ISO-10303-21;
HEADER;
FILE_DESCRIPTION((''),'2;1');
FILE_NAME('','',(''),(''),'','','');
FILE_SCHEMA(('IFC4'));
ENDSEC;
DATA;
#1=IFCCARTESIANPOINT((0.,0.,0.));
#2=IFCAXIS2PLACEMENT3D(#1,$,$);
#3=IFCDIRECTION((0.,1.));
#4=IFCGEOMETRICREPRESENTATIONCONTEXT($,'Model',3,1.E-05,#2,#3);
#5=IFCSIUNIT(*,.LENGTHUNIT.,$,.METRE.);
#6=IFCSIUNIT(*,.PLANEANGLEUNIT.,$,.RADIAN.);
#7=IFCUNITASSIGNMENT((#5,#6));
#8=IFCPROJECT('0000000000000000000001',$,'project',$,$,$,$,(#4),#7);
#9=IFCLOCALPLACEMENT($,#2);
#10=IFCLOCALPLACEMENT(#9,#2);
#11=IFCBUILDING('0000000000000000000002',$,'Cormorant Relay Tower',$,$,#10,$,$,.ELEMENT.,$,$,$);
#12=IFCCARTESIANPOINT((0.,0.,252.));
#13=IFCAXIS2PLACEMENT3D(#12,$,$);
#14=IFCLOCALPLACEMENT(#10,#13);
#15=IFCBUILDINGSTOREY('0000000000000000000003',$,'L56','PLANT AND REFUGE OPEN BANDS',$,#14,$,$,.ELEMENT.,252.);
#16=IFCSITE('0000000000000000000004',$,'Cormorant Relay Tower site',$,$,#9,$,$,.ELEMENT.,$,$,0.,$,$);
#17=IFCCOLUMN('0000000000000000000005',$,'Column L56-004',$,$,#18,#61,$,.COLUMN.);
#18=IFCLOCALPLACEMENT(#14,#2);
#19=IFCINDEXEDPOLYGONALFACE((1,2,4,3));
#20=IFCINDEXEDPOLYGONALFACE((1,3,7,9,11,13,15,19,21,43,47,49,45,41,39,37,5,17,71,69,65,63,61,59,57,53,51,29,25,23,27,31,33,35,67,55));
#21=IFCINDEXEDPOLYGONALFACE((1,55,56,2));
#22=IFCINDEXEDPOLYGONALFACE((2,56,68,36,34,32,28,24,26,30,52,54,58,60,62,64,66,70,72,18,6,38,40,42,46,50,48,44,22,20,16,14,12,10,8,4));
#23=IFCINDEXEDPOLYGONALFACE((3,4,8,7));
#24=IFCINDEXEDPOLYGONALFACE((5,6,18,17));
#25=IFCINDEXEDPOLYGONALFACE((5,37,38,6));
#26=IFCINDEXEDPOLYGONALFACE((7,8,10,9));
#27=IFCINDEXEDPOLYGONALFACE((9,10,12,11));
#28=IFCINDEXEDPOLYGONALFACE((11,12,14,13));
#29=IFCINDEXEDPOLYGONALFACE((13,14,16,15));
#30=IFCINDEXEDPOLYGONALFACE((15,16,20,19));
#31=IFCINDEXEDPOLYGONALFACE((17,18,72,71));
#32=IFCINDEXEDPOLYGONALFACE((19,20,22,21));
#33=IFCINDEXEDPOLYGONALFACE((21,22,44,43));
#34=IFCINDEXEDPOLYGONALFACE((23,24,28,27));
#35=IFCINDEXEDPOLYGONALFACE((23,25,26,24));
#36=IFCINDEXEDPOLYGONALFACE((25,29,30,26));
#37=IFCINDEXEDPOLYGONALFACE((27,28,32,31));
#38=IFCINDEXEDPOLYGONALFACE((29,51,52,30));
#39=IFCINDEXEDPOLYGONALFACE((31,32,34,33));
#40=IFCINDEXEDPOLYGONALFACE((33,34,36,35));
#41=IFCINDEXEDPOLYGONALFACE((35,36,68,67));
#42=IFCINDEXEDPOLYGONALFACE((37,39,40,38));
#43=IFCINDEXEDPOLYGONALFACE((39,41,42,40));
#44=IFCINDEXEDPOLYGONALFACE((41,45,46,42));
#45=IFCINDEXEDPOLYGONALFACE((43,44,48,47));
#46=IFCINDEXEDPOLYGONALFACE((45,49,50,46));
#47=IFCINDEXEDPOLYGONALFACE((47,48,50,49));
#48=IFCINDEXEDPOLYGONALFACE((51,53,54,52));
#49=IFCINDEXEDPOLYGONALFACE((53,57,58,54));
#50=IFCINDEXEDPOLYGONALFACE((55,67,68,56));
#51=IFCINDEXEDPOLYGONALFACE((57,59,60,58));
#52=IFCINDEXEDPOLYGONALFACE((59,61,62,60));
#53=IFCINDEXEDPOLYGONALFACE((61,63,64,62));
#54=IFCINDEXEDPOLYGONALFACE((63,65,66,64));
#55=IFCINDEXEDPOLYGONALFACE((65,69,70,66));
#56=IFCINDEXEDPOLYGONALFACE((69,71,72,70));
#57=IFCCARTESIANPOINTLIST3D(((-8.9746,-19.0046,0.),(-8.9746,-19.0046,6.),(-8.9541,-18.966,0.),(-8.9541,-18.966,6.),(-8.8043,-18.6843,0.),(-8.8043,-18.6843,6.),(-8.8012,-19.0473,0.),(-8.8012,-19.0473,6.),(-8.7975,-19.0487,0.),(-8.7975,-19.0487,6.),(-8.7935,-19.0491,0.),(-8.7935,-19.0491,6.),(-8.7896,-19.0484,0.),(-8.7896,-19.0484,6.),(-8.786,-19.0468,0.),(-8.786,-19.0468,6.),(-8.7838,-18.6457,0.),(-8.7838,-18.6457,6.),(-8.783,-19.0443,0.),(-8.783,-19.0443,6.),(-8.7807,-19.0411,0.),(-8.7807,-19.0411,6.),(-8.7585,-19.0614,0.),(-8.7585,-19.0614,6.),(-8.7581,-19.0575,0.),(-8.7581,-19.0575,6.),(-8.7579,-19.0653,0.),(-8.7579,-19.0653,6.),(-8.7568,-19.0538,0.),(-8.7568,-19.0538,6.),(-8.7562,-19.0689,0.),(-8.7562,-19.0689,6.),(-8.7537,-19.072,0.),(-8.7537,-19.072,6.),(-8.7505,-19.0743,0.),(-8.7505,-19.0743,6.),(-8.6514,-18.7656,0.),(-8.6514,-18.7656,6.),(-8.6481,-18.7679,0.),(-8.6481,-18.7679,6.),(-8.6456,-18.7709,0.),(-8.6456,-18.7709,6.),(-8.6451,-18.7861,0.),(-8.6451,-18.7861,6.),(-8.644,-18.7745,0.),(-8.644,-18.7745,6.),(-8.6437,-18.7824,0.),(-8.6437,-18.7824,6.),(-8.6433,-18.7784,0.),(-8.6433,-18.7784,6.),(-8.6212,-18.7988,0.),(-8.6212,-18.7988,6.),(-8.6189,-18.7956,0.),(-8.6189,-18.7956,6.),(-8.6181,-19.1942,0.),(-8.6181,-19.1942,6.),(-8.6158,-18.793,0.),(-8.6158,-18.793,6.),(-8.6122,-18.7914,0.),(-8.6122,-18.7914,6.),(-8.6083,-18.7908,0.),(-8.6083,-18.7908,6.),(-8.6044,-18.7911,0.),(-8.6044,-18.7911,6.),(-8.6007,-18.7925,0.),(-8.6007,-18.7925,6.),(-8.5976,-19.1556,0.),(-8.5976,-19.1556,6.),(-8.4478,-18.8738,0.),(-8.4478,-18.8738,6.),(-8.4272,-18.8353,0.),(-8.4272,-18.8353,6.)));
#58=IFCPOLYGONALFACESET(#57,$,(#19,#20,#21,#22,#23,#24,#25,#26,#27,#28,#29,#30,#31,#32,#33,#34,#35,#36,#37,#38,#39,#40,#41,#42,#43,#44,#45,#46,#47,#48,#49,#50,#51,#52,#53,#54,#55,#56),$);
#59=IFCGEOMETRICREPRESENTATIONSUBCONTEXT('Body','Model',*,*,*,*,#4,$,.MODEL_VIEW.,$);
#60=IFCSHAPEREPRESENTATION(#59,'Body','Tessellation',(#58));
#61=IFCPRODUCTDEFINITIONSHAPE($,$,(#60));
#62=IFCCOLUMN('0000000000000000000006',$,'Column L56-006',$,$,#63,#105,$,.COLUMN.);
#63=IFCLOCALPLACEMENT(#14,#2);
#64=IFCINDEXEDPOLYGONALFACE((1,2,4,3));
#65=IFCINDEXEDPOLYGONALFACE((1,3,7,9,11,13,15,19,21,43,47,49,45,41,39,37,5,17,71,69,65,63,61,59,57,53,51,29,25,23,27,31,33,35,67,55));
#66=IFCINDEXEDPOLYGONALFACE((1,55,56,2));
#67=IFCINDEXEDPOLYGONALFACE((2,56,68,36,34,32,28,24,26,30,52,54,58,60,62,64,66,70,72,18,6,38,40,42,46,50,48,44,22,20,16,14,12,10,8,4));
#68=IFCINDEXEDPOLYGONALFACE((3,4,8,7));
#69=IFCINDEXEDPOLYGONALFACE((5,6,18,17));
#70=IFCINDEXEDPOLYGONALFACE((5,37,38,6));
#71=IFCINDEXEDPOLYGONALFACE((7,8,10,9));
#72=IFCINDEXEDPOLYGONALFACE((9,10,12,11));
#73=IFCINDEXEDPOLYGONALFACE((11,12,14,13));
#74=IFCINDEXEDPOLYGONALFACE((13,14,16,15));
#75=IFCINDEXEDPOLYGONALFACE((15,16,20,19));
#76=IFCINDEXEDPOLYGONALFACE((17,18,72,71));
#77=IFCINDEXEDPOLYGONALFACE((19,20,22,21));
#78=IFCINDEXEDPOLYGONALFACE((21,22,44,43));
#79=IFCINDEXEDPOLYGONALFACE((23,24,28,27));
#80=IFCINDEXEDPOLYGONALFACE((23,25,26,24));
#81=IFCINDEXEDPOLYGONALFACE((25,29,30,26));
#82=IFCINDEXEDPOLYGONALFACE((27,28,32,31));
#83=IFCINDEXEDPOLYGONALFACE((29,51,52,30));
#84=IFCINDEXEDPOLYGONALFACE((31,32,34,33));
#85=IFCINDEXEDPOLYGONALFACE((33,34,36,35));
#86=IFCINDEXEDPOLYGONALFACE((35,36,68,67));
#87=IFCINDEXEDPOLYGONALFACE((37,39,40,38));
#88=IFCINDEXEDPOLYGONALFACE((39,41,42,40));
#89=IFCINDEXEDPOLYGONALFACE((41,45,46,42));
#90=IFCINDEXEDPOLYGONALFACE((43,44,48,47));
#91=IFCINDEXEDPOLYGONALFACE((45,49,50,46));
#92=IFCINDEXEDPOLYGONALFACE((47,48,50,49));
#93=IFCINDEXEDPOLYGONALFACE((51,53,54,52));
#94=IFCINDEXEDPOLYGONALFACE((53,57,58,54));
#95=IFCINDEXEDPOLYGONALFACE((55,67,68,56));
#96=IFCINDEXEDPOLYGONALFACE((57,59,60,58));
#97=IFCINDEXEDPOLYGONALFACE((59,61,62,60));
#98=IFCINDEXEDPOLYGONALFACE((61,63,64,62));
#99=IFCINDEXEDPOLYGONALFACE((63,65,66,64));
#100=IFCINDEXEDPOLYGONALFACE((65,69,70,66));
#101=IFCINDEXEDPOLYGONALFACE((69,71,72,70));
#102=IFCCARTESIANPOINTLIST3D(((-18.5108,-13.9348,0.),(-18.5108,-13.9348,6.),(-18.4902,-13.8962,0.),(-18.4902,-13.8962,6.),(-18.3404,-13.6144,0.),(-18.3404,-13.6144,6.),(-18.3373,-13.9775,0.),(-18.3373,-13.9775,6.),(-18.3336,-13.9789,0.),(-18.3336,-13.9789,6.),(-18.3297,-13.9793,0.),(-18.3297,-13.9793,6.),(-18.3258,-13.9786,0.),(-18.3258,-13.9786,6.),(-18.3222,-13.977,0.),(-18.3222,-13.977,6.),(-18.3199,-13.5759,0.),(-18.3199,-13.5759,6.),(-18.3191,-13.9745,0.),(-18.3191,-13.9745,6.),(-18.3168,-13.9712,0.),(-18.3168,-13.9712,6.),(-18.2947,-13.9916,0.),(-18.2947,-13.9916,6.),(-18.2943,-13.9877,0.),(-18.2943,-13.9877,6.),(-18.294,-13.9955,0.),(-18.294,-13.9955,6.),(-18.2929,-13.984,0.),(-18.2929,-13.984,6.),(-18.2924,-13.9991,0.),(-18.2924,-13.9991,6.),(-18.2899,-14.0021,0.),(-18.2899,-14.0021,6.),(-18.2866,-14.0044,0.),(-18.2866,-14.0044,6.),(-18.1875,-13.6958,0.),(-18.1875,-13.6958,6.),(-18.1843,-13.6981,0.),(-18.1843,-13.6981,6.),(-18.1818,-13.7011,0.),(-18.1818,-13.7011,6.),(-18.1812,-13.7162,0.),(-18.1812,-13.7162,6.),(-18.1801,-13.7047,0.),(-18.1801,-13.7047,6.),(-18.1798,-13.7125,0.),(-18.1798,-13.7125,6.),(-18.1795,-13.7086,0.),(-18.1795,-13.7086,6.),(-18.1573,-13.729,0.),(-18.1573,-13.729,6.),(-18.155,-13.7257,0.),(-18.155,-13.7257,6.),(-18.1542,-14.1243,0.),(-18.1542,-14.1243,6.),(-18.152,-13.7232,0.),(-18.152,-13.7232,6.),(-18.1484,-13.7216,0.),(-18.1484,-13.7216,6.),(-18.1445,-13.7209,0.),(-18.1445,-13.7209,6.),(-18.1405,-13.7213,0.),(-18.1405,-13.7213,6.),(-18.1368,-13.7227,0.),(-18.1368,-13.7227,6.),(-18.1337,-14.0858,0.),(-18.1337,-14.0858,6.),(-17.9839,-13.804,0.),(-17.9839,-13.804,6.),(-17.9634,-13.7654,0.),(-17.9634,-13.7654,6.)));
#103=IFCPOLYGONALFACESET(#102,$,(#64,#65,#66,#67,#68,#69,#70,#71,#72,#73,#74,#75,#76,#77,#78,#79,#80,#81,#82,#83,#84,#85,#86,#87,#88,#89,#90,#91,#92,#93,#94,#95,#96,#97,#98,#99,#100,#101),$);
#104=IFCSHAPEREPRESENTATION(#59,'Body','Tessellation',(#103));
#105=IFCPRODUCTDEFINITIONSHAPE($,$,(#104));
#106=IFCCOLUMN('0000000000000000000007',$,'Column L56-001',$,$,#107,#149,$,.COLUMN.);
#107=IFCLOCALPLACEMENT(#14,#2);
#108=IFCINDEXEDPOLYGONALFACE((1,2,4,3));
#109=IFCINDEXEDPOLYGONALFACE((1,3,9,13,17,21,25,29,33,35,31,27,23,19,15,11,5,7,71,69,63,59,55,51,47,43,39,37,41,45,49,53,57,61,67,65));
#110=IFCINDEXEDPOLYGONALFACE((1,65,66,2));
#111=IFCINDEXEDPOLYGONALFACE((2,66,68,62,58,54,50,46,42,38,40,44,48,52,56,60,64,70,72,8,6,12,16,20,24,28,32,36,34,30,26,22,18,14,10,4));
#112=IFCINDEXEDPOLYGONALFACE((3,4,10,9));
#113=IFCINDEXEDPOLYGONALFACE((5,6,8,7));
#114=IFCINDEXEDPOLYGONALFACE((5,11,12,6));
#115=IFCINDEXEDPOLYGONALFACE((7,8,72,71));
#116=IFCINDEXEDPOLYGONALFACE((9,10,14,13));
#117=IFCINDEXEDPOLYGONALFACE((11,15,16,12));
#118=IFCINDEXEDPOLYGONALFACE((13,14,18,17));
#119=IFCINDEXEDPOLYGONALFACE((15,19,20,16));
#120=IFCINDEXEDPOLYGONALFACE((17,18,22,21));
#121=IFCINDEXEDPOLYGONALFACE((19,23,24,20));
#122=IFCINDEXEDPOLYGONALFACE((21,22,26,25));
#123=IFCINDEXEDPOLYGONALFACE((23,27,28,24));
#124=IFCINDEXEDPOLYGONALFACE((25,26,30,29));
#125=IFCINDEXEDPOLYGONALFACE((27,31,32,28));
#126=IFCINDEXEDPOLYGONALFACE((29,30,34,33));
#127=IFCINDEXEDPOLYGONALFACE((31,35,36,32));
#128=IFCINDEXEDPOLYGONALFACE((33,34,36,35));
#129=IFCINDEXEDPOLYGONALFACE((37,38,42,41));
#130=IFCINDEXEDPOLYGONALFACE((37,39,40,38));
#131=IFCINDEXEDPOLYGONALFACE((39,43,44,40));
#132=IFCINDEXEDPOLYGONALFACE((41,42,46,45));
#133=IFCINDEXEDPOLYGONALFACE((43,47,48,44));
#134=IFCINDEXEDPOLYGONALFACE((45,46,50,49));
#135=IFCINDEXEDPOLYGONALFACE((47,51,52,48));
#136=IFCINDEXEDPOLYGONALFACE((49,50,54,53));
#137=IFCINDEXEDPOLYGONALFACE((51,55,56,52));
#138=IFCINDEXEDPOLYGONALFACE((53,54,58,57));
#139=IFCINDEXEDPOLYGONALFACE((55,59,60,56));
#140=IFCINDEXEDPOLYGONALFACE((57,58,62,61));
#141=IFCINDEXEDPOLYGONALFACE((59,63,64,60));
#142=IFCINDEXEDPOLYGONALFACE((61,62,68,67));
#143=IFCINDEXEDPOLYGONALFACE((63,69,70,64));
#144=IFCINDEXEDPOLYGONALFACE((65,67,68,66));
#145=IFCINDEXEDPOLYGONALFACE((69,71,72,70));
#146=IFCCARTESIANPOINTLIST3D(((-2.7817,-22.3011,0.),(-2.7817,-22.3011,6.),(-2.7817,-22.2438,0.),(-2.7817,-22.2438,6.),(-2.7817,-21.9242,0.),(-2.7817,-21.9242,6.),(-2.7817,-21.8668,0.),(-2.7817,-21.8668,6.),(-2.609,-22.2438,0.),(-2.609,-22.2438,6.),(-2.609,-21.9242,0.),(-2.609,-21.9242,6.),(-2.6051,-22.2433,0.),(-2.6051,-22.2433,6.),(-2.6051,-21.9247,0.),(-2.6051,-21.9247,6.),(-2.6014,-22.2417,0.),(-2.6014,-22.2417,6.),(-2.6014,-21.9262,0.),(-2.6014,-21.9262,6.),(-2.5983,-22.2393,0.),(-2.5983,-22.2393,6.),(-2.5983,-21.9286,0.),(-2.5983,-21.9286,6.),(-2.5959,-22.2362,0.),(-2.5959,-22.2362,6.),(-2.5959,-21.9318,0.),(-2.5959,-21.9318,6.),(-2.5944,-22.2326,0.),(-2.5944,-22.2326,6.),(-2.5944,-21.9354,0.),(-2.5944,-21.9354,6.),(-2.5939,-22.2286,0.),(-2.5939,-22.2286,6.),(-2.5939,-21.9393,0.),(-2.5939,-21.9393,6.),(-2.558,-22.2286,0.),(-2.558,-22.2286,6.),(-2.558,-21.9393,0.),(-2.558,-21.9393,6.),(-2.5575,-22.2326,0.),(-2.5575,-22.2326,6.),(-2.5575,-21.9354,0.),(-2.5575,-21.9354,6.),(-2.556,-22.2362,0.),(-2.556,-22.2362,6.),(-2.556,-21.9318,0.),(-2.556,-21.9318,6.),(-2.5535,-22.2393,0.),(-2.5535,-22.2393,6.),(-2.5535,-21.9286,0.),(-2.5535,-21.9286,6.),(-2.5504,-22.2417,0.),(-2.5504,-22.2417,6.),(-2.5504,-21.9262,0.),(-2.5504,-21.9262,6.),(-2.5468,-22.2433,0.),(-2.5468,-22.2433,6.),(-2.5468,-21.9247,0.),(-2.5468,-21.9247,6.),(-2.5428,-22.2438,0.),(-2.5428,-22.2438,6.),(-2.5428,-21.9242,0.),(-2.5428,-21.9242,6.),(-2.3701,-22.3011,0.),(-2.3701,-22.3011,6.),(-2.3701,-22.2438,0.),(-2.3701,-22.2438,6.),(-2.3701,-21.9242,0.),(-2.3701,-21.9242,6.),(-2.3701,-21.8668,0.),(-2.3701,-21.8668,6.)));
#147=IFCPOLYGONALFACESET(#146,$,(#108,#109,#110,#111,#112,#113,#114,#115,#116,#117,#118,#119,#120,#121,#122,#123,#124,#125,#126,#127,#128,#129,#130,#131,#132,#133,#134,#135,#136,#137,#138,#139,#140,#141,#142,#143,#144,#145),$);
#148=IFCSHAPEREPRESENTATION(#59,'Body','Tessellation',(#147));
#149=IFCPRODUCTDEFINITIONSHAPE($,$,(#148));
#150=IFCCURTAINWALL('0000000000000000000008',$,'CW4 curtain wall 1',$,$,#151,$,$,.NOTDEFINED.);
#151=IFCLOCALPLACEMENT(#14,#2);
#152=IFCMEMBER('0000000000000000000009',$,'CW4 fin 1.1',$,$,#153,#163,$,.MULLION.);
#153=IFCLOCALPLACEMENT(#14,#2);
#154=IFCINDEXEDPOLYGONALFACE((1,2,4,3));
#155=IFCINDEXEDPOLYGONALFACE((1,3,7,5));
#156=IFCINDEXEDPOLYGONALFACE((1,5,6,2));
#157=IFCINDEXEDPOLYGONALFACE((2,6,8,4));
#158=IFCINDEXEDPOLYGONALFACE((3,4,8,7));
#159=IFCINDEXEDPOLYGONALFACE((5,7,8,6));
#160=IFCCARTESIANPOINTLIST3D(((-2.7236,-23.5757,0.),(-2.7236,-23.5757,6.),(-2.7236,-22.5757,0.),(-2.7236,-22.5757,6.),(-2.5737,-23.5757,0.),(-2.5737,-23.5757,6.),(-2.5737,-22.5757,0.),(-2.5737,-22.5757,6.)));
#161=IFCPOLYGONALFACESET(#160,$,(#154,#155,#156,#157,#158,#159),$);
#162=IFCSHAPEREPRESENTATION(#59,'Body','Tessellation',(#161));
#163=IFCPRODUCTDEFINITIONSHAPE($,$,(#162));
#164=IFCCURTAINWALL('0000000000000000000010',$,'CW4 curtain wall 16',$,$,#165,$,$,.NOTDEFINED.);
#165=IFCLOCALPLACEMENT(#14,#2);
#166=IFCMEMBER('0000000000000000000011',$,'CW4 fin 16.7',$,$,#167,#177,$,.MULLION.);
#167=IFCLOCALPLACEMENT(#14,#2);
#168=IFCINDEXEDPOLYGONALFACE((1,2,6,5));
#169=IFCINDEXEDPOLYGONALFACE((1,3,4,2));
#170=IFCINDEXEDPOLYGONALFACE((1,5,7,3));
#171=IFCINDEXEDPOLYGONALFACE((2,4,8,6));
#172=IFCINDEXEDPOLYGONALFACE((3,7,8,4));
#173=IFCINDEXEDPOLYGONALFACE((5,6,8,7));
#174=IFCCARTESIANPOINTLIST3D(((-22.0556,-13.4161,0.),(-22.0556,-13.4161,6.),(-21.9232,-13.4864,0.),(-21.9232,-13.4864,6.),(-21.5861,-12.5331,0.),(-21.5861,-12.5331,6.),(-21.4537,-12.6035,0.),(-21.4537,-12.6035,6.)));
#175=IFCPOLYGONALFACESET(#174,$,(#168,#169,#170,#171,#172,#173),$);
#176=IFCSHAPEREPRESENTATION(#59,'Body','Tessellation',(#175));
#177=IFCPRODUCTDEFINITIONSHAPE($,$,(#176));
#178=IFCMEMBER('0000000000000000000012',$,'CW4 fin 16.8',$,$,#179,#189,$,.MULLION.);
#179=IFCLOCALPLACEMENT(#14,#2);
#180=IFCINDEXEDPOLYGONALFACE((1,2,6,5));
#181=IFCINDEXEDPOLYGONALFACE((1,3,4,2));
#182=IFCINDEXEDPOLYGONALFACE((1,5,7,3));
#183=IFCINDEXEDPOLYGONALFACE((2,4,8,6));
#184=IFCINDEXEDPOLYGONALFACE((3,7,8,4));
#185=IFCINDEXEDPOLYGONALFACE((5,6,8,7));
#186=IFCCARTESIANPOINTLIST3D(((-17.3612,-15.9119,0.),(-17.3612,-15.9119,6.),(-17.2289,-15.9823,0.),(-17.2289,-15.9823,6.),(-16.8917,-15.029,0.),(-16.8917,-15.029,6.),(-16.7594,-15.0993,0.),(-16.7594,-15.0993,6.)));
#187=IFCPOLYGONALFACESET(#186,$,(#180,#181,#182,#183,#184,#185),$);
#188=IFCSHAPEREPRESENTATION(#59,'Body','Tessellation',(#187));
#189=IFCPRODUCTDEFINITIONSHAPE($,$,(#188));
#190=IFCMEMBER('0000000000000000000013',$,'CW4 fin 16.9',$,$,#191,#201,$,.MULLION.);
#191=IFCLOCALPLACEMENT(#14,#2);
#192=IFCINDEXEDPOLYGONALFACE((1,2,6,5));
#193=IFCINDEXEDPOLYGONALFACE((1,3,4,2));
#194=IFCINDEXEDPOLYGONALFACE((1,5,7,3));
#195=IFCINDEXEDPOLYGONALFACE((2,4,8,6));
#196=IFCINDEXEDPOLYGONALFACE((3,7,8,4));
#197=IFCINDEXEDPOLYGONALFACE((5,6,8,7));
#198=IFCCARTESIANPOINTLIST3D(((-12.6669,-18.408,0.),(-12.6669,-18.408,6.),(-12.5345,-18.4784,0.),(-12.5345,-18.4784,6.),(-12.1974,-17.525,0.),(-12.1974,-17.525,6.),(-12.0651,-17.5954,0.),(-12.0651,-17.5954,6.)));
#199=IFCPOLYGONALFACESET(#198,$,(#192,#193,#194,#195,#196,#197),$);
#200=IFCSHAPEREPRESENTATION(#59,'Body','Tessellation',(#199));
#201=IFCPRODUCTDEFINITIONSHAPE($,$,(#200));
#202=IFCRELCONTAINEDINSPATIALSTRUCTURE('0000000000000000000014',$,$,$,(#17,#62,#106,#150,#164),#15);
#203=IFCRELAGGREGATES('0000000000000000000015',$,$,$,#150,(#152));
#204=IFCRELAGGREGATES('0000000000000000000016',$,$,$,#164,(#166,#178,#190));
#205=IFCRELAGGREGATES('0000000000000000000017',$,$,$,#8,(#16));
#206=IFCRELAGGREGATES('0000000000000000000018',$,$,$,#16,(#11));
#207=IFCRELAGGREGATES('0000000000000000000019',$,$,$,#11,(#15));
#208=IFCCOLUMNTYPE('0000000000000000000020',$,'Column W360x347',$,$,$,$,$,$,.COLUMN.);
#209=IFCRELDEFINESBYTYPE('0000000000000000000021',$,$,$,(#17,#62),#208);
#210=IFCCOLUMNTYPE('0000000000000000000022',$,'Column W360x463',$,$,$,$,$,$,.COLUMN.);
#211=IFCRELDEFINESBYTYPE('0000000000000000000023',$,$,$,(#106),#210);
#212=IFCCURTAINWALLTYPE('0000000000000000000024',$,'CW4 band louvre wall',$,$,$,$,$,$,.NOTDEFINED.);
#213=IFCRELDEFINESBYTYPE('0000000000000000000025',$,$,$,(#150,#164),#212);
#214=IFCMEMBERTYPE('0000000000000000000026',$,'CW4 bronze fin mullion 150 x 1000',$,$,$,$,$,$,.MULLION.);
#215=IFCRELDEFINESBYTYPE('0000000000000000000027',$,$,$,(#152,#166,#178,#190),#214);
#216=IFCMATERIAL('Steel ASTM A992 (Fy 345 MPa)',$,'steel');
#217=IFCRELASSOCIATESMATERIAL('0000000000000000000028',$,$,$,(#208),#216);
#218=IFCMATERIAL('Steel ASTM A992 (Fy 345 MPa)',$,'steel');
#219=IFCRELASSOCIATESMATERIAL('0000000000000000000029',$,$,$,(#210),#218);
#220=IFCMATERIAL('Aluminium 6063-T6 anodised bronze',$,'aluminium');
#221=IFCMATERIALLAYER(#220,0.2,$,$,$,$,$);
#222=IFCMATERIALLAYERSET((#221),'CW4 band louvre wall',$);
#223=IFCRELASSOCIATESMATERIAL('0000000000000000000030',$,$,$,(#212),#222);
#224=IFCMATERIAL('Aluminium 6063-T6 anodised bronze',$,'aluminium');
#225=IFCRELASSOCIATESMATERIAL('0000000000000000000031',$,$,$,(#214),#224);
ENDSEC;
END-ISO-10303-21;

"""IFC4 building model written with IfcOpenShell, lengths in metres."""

from ifc_helpers import new_model, si_unit, direction, frame, origin, origin_2d, place, context, subcontext, project, spatial, rectangle, i_section, extrude, material, layer, layer_set, material_profile, profile_set, type_object, element, aggregate, save


model = new_model("IFC4")

# Units and contexts
model_context = context("Model", 3, precision=1e-05, world=origin(), true_north=direction((0.0, 1.0)))
body_context = subcontext(model_context, "Body", "Model", "MODEL_VIEW")
ifc_project = project(units=[si_unit("LENGTHUNIT", "METRE"), si_unit("PLANEANGLEUNIT", "RADIAN")], contexts=[model_context])

# Site, building, storey
site_placement = place(None, origin())
site = spatial("IfcSite", under=ifc_project, at=site_placement, Name="Cormorant Relay Tower site", CompositionType="ELEMENT", RefElevation=0.0)
building_placement = place(site_placement, origin())
building = spatial("IfcBuilding", under=site, at=building_placement, Name="Cormorant Relay Tower", CompositionType="ELEMENT")
storey_placement = place(building_placement, frame((0.0, 0.0, 252.0)))
storey = spatial("IfcBuildingStorey", under=building, at=storey_placement, Name="L56", Description="PLANT AND REFUGE OPEN BANDS", CompositionType="ELEMENT", Elevation=252.0)

# Columns
ifc_material_1 = material(Name="Steel ASTM A992 (Fy 345 MPa)", Category="steel")
ifc_material_profile_1 = material_profile(ifc_material_1, i_section(OverallWidth=0.4038, OverallDepth=0.4065, WebThickness=0.0271, FlangeThickness=0.0437, FilletRadius=0.0151, at=origin_2d()), Name="W360x347")
ifc_profile_set_1 = profile_set([ifc_material_profile_1], Name="Steel ASTM A992 (Fy 345 MPa)")
column_type_1 = type_object("IfcColumnType", Name="Column W360x347", PredefinedType="COLUMN", material=ifc_profile_set_1)
for number, where, z_axis, x_axis, name in (
    (1, (-8.7009, -18.9199, 0.0), (0.0, 0.0, 1.0), (0.882948, -0.469472, 0.0), "Column L56-004"),
    (2, (-18.2371, -13.8501, 0.0), (0.0, 0.0, 1.0), (0.882948, -0.469472, 0.0), "Column L56-006"),
):
    element("IfcColumn", number, at=place(storey_placement, frame(where, z_axis=z_axis, x_axis=x_axis)), inside=storey, type_object=column_type_1, Name=name, PredefinedType="COLUMN", context=body_context, shape_type="SweptSolid", body=[
        extrude(i_section(OverallWidth=0.4038, OverallDepth=0.4065, WebThickness=0.0271, FlangeThickness=0.0437, FilletRadius=0.0151, at=origin_2d()), origin(), (0.0, 0.0, 1.0), 6.0),
    ])
ifc_material_2 = material(Name="Steel ASTM A992 (Fy 345 MPa)", Category="steel")
ifc_material_profile_2 = material_profile(ifc_material_2, i_section(OverallWidth=0.4116, OverallDepth=0.4343, WebThickness=0.0359, FlangeThickness=0.0574, FilletRadius=0.0151, at=origin_2d()), Name="W360x463")
ifc_profile_set_2 = profile_set([ifc_material_profile_2], Name="Steel ASTM A992 (Fy 345 MPa)")
column_type_2 = type_object("IfcColumnType", Name="Column W360x463", PredefinedType="COLUMN", material=ifc_profile_set_2)
column_placement = place(storey_placement, frame((-2.5759, -22.084, 0.0), z_axis=(0.0, 0.0, 1.0), x_axis=(1.0, 0.0, 0.0)))
element("IfcColumn", 3, at=column_placement, inside=storey, type_object=column_type_2, Name="Column L56-001", PredefinedType="COLUMN", context=body_context, shape_type="SweptSolid", body=[
    extrude(i_section(OverallWidth=0.4116, OverallDepth=0.4343, WebThickness=0.0359, FlangeThickness=0.0574, FilletRadius=0.0151, at=origin_2d()), origin(), (0.0, 0.0, 1.0), 6.0),
])

# Curtain wall, member
ifc_material_3 = material(Name="Aluminium 6063-T6 anodised bronze", Category="aluminium")
ifc_layer_1 = layer(ifc_material_3, 0.2)
ifc_layer_set_1 = layer_set([ifc_layer_1], Name="CW4 band louvre wall")
curtain_wall_type = type_object("IfcCurtainWallType", Name="CW4 band louvre wall", PredefinedType="NOTDEFINED", material=ifc_layer_set_1)
curtain_wall_1_placement = place(storey_placement, origin())
curtain_wall_1 = element("IfcCurtainWall", 4, at=curtain_wall_1_placement, inside=storey, type_object=curtain_wall_type, Name="CW4 curtain wall 1", PredefinedType="NOTDEFINED")
ifc_material_4 = material(Name="Aluminium 6063-T6 anodised bronze", Category="aluminium")
ifc_material_profile_3 = material_profile(ifc_material_4, rectangle(XDim=0.1499, YDim=1.0, at=origin_2d()), Name="AL 150x1000")
ifc_profile_set_3 = profile_set([ifc_material_profile_3], Name="Aluminium 6063-T6 anodised bronze")
member_type_1 = type_object("IfcMemberType", Name="CW4 bronze fin mullion 150 x 1000", PredefinedType="MULLION", material=ifc_profile_set_3)
member_1_placement = place(storey_placement, frame((-2.6487, -23.0757, 0.0), z_axis=(0.0, 0.0, 1.0), x_axis=(1.0, 0.0, 0.0)))
member_1 = element("IfcMember", 5, at=member_1_placement, type_object=member_type_1, Name="CW4 fin 1.1", PredefinedType="MULLION", context=body_context, shape_type="SweptSolid", body=[
    extrude(rectangle(XDim=0.1499, YDim=1.0, at=origin_2d()), origin(), (0.0, 0.0, 1.0), 6.0),
])

# Curtain wall, members
curtain_wall_2_placement = place(storey_placement, origin())
curtain_wall_2 = element("IfcCurtainWall", 6, at=curtain_wall_2_placement, inside=storey, type_object=curtain_wall_type, Name="CW4 curtain wall 16", PredefinedType="NOTDEFINED")
member_2_placement = place(storey_placement, frame((-21.7546, -13.0098, 0.0), z_axis=(0.0, 0.0, 1.0), x_axis=(0.882948, -0.469472, 0.0)))
member_2 = element("IfcMember", 7, at=member_2_placement, type_object=member_type_1, Name="CW4 fin 16.7", PredefinedType="MULLION", context=body_context, shape_type="SweptSolid", body=[
    extrude(rectangle(XDim=0.1499, YDim=1.0, at=origin_2d()), origin(), (0.0, 0.0, 1.0), 6.0),
])
member_3_placement = place(storey_placement, frame((-17.0603, -15.5056, 0.0), z_axis=(0.0, 0.0, 1.0), x_axis=(0.882948, -0.469472, 0.0)))
member_3 = element("IfcMember", 8, at=member_3_placement, type_object=member_type_1, Name="CW4 fin 16.8", PredefinedType="MULLION", context=body_context, shape_type="SweptSolid", body=[
    extrude(rectangle(XDim=0.1499, YDim=1.0, at=origin_2d()), origin(), (0.0, 0.0, 1.0), 6.0),
])
member_4_placement = place(storey_placement, frame((-12.366, -18.0017, 0.0), z_axis=(0.0, 0.0, 1.0), x_axis=(0.882948, -0.469472, 0.0)))
member_4 = element("IfcMember", 9, at=member_4_placement, type_object=member_type_1, Name="CW4 fin 16.9", PredefinedType="MULLION", context=body_context, shape_type="SweptSolid", body=[
    extrude(rectangle(XDim=0.1499, YDim=1.0, at=origin_2d()), origin(), (0.0, 0.0, 1.0), 6.0),
])

aggregate(curtain_wall_1, [member_1])

aggregate(curtain_wall_2, [member_2, member_3, member_4])

save(model, "model.ifc")
